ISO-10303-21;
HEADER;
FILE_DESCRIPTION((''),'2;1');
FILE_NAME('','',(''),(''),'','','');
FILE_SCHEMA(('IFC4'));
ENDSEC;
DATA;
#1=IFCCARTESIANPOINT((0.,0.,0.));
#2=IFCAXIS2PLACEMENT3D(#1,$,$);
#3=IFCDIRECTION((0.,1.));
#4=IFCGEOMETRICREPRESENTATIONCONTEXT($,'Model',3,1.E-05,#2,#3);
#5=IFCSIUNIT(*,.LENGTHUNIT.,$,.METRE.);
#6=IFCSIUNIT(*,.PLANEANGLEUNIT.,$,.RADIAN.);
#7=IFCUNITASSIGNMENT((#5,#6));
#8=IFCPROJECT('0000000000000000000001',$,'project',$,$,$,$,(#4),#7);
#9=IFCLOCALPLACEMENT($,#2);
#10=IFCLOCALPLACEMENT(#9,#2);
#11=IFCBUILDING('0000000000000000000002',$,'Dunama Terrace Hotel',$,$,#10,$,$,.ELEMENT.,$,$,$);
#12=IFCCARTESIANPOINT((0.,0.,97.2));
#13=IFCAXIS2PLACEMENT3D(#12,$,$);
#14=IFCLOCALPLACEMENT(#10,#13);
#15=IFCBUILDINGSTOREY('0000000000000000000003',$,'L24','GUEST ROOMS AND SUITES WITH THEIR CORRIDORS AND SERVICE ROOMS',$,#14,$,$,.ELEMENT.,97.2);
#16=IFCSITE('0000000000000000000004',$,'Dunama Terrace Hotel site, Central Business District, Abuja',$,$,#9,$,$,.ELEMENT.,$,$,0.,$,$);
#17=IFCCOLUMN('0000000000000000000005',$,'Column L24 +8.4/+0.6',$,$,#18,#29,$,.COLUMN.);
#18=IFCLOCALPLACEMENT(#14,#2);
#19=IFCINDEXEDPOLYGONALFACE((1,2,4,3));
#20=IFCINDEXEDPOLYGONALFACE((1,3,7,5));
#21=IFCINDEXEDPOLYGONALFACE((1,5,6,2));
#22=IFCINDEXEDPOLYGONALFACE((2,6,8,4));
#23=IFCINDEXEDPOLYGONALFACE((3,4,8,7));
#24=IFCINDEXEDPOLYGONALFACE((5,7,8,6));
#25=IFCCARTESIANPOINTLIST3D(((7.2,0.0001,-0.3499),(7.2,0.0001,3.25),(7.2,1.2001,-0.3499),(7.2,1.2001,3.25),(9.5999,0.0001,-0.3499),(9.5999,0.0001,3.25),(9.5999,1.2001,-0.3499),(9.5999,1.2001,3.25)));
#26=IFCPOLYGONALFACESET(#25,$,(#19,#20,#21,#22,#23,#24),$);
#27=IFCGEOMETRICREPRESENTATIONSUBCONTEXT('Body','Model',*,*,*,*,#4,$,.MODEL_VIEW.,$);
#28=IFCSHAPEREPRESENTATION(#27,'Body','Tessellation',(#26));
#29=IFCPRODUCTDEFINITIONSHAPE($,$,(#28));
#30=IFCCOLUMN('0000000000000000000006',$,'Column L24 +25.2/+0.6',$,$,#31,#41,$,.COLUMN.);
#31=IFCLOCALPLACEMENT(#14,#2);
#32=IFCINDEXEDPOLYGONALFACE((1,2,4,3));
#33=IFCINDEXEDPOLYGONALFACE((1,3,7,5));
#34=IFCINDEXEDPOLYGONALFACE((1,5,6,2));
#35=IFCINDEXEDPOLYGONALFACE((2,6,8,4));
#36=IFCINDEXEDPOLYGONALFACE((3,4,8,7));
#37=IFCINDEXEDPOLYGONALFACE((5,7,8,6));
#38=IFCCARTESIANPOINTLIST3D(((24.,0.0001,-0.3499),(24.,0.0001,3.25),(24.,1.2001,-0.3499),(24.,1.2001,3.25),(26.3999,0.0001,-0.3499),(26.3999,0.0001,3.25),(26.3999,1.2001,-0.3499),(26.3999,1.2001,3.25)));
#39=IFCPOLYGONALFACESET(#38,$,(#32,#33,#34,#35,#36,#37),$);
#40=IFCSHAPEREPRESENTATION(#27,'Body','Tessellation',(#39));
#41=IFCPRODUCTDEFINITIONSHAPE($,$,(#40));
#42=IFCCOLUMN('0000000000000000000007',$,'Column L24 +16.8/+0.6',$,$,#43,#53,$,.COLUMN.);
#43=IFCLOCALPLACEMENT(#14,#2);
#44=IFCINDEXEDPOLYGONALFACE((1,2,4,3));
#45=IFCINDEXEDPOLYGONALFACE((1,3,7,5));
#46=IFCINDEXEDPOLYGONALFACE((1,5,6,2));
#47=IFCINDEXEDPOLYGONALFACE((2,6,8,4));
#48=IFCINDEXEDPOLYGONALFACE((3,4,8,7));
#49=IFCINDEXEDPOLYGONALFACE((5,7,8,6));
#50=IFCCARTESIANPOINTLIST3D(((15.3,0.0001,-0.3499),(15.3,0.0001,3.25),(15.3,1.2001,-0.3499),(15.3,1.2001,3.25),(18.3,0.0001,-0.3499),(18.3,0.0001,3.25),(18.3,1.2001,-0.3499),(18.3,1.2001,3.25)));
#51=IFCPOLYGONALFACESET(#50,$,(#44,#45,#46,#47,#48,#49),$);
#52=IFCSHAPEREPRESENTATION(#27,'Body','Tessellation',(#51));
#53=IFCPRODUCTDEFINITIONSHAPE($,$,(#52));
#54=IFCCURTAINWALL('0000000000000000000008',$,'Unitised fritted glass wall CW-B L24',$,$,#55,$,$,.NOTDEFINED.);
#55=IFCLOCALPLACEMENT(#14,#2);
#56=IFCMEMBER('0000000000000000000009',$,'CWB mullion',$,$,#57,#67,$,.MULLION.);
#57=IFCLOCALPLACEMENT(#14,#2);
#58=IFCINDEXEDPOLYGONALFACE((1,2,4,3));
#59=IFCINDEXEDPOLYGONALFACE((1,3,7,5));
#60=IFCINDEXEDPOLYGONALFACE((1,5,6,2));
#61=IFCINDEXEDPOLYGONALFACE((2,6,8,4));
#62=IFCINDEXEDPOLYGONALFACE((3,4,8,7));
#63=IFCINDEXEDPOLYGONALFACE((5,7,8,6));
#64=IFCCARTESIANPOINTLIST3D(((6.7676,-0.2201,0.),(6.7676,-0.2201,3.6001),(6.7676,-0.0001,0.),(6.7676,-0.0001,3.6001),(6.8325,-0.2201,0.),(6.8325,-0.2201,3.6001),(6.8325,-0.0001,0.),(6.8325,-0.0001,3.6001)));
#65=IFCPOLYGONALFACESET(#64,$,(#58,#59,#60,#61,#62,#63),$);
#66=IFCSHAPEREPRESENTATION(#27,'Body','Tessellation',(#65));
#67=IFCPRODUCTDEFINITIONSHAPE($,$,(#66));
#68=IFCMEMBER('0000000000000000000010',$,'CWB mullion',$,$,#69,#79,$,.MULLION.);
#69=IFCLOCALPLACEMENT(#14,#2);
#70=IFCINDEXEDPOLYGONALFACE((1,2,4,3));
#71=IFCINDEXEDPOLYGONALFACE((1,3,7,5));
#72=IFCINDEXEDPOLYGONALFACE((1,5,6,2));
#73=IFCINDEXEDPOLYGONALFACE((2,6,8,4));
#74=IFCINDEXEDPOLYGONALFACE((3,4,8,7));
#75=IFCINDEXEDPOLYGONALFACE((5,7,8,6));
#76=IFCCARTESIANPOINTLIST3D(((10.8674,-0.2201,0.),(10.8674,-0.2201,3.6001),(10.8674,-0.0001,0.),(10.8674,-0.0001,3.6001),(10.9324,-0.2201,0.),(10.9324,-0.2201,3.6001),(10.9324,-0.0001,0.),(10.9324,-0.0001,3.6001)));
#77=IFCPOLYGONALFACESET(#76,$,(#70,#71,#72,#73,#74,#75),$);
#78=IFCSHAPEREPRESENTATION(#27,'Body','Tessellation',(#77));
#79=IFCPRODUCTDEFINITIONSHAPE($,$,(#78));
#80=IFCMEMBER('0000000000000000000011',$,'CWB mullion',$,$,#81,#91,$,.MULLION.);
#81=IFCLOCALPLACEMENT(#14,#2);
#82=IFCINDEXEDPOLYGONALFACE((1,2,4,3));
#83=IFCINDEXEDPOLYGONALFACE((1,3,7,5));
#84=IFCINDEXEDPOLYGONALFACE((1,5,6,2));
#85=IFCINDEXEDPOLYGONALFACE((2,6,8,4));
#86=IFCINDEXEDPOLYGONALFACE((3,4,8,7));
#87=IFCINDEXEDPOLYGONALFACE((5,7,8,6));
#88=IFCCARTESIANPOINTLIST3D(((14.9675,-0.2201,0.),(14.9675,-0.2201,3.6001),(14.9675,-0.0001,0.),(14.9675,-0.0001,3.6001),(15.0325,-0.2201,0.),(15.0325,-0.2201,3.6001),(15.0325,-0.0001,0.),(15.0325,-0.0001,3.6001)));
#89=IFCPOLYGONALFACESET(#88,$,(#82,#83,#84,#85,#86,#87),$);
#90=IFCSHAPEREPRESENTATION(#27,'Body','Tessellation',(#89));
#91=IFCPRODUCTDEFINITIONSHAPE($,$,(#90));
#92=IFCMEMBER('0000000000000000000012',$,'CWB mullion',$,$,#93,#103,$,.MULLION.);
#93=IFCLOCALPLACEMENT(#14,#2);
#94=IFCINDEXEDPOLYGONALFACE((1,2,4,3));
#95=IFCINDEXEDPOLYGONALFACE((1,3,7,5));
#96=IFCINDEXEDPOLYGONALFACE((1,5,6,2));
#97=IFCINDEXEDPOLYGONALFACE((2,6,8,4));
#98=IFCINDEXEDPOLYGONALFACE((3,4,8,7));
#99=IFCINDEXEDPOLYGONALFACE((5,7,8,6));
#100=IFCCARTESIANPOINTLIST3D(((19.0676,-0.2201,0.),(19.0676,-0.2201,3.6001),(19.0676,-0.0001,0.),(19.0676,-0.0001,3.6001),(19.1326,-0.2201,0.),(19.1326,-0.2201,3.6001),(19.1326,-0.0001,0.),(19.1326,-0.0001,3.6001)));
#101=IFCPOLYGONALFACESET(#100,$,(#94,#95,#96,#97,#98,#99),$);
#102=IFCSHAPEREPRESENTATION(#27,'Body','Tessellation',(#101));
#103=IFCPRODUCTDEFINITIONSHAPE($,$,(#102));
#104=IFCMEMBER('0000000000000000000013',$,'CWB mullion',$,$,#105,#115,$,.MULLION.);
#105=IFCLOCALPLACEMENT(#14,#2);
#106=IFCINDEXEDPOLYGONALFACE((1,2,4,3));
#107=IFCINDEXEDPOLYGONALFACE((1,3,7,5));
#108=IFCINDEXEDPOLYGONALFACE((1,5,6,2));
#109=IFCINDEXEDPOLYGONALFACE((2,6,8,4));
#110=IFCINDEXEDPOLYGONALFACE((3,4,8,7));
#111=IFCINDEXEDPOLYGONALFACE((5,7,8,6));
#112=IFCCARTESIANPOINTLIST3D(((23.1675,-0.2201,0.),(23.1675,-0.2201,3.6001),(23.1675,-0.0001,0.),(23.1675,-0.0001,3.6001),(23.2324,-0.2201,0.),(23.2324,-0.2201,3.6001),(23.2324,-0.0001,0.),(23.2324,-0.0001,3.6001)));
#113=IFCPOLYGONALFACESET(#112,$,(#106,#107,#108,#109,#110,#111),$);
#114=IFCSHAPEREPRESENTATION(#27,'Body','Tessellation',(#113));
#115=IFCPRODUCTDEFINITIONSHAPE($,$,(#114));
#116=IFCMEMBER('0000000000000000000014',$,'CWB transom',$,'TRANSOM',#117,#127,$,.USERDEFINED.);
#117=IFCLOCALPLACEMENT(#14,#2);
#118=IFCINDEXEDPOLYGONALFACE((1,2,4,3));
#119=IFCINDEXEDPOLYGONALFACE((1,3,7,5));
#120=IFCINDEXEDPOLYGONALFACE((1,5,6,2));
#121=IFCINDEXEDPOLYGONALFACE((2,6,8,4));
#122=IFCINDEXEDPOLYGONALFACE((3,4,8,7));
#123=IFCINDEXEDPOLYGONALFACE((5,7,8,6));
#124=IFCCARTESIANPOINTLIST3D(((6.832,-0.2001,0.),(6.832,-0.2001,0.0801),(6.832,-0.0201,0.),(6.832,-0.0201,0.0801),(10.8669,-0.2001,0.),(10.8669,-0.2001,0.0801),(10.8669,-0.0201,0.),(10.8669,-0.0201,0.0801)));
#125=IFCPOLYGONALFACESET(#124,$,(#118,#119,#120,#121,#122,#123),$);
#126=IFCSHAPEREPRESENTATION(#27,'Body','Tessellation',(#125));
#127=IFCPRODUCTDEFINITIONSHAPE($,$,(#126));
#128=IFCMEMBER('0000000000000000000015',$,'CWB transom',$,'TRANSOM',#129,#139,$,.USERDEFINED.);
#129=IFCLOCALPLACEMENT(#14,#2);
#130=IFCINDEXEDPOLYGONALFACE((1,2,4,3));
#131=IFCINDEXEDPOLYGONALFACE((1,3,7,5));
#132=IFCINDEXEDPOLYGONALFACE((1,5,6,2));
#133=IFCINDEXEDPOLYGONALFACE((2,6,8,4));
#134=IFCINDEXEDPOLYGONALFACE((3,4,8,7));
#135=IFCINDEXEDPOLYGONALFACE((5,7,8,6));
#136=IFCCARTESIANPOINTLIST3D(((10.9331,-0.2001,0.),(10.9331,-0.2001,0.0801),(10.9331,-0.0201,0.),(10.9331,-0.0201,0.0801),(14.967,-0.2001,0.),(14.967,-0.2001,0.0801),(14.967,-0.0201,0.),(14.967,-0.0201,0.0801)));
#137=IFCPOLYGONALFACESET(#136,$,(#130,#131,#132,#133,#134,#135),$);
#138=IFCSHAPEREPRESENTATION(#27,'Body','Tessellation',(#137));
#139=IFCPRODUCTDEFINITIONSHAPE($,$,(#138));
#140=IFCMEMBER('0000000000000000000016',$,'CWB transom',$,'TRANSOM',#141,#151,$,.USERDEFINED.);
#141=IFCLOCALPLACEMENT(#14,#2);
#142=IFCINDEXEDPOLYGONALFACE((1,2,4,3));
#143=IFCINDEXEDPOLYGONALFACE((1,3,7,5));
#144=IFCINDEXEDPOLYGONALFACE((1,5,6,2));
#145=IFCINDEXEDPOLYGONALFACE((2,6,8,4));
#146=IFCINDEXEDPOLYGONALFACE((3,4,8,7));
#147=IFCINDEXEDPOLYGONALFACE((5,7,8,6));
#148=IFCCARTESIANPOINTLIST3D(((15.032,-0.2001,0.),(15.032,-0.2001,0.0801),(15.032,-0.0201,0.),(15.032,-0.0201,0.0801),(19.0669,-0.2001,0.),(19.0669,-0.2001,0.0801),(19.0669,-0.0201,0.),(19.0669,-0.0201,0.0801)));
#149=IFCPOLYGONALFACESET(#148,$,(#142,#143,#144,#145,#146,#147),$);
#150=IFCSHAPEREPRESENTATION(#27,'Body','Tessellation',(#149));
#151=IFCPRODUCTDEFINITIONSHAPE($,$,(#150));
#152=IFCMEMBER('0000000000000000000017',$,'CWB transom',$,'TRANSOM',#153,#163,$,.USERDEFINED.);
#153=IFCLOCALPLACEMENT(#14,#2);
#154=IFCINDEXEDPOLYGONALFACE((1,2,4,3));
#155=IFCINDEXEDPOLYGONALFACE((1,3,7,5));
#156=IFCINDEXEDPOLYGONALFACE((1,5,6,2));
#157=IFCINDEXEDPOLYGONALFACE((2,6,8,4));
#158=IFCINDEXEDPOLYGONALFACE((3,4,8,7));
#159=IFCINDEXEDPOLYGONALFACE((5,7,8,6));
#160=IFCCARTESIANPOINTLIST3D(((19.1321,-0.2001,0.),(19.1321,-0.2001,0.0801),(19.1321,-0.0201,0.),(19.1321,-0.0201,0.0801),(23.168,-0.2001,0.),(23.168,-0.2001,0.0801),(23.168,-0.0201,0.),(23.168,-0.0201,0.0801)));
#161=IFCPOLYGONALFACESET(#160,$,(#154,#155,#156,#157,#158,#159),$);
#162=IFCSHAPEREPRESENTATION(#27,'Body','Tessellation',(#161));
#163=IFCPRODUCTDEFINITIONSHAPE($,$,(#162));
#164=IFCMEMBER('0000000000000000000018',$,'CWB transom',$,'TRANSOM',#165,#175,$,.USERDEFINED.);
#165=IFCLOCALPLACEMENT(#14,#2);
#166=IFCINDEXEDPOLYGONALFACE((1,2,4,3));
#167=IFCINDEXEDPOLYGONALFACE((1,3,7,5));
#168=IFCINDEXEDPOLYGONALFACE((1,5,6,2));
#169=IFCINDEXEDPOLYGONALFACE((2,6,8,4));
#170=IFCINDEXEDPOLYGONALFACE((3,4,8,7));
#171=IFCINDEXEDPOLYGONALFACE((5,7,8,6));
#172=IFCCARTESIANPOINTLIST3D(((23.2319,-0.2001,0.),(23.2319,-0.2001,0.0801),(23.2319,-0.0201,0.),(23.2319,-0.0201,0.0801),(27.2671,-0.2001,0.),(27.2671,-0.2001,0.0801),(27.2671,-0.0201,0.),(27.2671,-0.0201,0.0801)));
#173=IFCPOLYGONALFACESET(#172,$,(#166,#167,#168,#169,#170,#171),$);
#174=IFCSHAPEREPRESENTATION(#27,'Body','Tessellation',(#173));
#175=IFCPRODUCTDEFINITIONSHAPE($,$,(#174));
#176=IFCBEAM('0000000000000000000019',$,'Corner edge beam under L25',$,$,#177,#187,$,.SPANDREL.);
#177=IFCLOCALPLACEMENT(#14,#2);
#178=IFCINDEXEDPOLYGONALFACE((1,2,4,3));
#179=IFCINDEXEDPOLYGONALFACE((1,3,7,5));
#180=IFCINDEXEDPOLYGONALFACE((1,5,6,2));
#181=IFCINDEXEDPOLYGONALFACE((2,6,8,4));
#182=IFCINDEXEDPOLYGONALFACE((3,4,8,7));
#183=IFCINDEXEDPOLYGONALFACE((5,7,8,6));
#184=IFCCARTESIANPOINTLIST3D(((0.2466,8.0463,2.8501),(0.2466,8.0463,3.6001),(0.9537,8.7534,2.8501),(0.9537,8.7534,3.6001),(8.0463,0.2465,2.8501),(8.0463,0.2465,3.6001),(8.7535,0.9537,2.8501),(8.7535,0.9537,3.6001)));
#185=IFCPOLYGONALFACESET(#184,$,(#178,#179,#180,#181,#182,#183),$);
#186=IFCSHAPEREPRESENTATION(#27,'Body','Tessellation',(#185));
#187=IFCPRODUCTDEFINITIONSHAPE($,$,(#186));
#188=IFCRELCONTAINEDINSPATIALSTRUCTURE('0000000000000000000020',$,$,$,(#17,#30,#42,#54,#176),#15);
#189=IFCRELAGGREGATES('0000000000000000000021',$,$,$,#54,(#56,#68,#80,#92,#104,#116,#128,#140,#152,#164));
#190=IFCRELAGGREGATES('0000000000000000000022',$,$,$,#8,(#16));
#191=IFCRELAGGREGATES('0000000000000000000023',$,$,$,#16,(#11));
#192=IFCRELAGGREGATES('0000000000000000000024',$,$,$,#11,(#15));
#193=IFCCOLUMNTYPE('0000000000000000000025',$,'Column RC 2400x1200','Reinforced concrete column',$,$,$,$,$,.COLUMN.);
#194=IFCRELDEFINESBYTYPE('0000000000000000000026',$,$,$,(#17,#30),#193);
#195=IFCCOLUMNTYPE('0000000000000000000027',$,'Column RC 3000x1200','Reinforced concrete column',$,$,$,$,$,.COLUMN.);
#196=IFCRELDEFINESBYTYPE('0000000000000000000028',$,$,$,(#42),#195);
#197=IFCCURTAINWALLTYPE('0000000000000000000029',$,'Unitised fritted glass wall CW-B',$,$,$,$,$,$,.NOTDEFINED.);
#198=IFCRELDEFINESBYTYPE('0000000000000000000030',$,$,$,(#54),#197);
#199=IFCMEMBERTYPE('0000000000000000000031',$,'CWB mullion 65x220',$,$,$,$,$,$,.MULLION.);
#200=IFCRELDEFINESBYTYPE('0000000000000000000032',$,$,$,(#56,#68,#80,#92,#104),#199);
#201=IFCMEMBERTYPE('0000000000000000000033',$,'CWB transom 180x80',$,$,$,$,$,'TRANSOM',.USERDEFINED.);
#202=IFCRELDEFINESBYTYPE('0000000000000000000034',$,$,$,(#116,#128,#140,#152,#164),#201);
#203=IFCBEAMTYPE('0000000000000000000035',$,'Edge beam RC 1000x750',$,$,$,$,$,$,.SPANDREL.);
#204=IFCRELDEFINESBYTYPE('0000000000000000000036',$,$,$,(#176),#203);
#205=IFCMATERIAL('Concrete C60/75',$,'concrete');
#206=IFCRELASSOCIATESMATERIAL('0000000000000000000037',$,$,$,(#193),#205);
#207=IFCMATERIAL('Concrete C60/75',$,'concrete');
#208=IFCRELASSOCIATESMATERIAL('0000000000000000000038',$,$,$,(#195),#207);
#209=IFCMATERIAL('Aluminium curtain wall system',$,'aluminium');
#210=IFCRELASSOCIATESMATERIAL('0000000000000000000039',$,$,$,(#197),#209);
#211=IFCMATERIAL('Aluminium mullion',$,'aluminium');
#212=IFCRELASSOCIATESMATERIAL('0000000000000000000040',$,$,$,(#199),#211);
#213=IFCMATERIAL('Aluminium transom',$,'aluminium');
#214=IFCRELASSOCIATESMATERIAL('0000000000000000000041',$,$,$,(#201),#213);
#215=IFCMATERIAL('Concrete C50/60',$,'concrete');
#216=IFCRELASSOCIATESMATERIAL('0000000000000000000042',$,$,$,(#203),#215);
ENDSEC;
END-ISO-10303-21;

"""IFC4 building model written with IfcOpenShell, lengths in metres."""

from ifc_helpers import new_model, si_unit, direction, frame, origin, origin_2d, place, context, subcontext, project, spatial, rectangle, extrude, material, material_profile, profile_set, type_object, element, aggregate, save


model = new_model("IFC4")

# Units and contexts
model_context = context("Model", 3, precision=1e-05, world=origin(), true_north=direction((0.0, 1.0)))
body_context = subcontext(model_context, "Body", "Model", "MODEL_VIEW")
ifc_project = project(units=[si_unit("LENGTHUNIT", "METRE"), si_unit("PLANEANGLEUNIT", "RADIAN")], contexts=[model_context])

# Site, building, storey
site_placement = place(None, origin())
site = spatial("IfcSite", under=ifc_project, at=site_placement, Name="Dunama Terrace Hotel site, Central Business District, Abuja", CompositionType="ELEMENT", RefElevation=0.0)
building_placement = place(site_placement, origin())
building = spatial("IfcBuilding", under=site, at=building_placement, Name="Dunama Terrace Hotel", CompositionType="ELEMENT")
storey_placement = place(building_placement, frame((0.0, 0.0, 97.2)))
storey = spatial("IfcBuildingStorey", under=building, at=storey_placement, Name="L24", Description="GUEST ROOMS AND SUITES WITH THEIR CORRIDORS AND SERVICE ROOMS", CompositionType="ELEMENT", Elevation=97.2)

# Columns
ifc_material_1 = material(Name="Concrete C60/75", Category="concrete")
ifc_material_profile_1 = material_profile(ifc_material_1, rectangle(XDim=2.3999, YDim=1.2, at=origin_2d()), Name="RC 2400x1200")
ifc_profile_set_1 = profile_set([ifc_material_profile_1], Name="Concrete C60/75")
column_type_1 = type_object("IfcColumnType", Name="Column RC 2400x1200", Description="Reinforced concrete column", PredefinedType="COLUMN", material=ifc_profile_set_1)
for number, where, z_axis, x_axis, name in (
    (1, (8.3999, 0.6001, -0.3499), (0.0, 0.0, 1.0), (1.0, 0.0, 0.0), "Column L24 +8.4/+0.6"),
    (2, (25.2, 0.6001, -0.3499), (0.0, 0.0, 1.0), (1.0, 0.0, 0.0), "Column L24 +25.2/+0.6"),
):
    element("IfcColumn", number, at=place(storey_placement, frame(where, z_axis=z_axis, x_axis=x_axis)), inside=storey, type_object=column_type_1, Name=name, PredefinedType="COLUMN", context=body_context, shape_type="SweptSolid", body=[
        extrude(rectangle(XDim=2.3999, YDim=1.2, at=origin_2d()), origin(), (0.0, 0.0, 1.0), 3.5999),
    ])
ifc_material_2 = material(Name="Concrete C60/75", Category="concrete")
ifc_material_profile_2 = material_profile(ifc_material_2, rectangle(XDim=3.0, YDim=1.2, at=origin_2d()), Name="RC 3000x1200")
ifc_profile_set_2 = profile_set([ifc_material_profile_2], Name="Concrete C60/75")
column_type_2 = type_object("IfcColumnType", Name="Column RC 3000x1200", Description="Reinforced concrete column", PredefinedType="COLUMN", material=ifc_profile_set_2)
column_placement = place(storey_placement, frame((16.8, 0.6001, -0.3499), z_axis=(0.0, 0.0, 1.0), x_axis=(1.0, 0.0, 0.0)))
element("IfcColumn", 3, at=column_placement, inside=storey, type_object=column_type_2, Name="Column L24 +16.8/+0.6", PredefinedType="COLUMN", context=body_context, shape_type="SweptSolid", body=[
    extrude(rectangle(XDim=3.0, YDim=1.2, at=origin_2d()), origin(), (0.0, 0.0, 1.0), 3.5999),
])

# Curtain wall, members
ifc_material_3 = material(Name="Aluminium curtain wall system", Category="aluminium")
curtain_wall_type = type_object("IfcCurtainWallType", Name="Unitised fritted glass wall CW-B", PredefinedType="NOTDEFINED", material=ifc_material_3)
curtain_wall_placement = place(storey_placement, origin())
curtain_wall = element("IfcCurtainWall", 4, at=curtain_wall_placement, inside=storey, type_object=curtain_wall_type, Name="Unitised fritted glass wall CW-B L24", PredefinedType="NOTDEFINED")
ifc_material_4 = material(Name="Aluminium mullion", Category="aluminium")
ifc_material_profile_3 = material_profile(ifc_material_4, rectangle(XDim=0.0649, YDim=0.22, at=origin_2d()), Name="CWB MULLION 65X220")
ifc_profile_set_3 = profile_set([ifc_material_profile_3], Name="Aluminium mullion")
member_type_1 = type_object("IfcMemberType", Name="CWB mullion 65x220", PredefinedType="MULLION", material=ifc_profile_set_3)
member_1_placement = place(storey_placement, frame((6.8, -0.1101, 0.0), z_axis=(0.0, 0.0, 1.0), x_axis=(1.0, 0.0, 0.0)))
member_1 = element("IfcMember", 5, at=member_1_placement, type_object=member_type_1, Name="CWB mullion", PredefinedType="MULLION", context=body_context, shape_type="SweptSolid", body=[
    extrude(rectangle(XDim=0.0649, YDim=0.22, at=origin_2d()), origin(), (0.0, 0.0, 1.0), 3.6001),
])
member_2_placement = place(storey_placement, frame((10.8999, -0.1101, 0.0), z_axis=(0.0, 0.0, 1.0), x_axis=(1.0, 0.0, 0.0)))
member_2 = element("IfcMember", 6, at=member_2_placement, type_object=member_type_1, Name="CWB mullion", PredefinedType="MULLION", context=body_context, shape_type="SweptSolid", body=[
    extrude(rectangle(XDim=0.0649, YDim=0.22, at=origin_2d()), origin(), (0.0, 0.0, 1.0), 3.6001),
])
member_3_placement = place(storey_placement, frame((15.0, -0.1101, 0.0), z_axis=(0.0, 0.0, 1.0), x_axis=(1.0, 0.0, 0.0)))
member_3 = element("IfcMember", 7, at=member_3_placement, type_object=member_type_1, Name="CWB mullion", PredefinedType="MULLION", context=body_context, shape_type="SweptSolid", body=[
    extrude(rectangle(XDim=0.0649, YDim=0.22, at=origin_2d()), origin(), (0.0, 0.0, 1.0), 3.6001),
])
member_4_placement = place(storey_placement, frame((19.1001, -0.1101, 0.0), z_axis=(0.0, 0.0, 1.0), x_axis=(1.0, 0.0, 0.0)))
member_4 = element("IfcMember", 8, at=member_4_placement, type_object=member_type_1, Name="CWB mullion", PredefinedType="MULLION", context=body_context, shape_type="SweptSolid", body=[
    extrude(rectangle(XDim=0.0649, YDim=0.22, at=origin_2d()), origin(), (0.0, 0.0, 1.0), 3.6001),
])
member_5_placement = place(storey_placement, frame((23.2, -0.1101, 0.0), z_axis=(0.0, 0.0, 1.0), x_axis=(1.0, 0.0, 0.0)))
member_5 = element("IfcMember", 9, at=member_5_placement, type_object=member_type_1, Name="CWB mullion", PredefinedType="MULLION", context=body_context, shape_type="SweptSolid", body=[
    extrude(rectangle(XDim=0.0649, YDim=0.22, at=origin_2d()), origin(), (0.0, 0.0, 1.0), 3.6001),
])
ifc_material_5 = material(Name="Aluminium transom", Category="aluminium")
ifc_material_profile_4 = material_profile(ifc_material_5, rectangle(XDim=0.1799, YDim=0.0801, at=origin_2d()), Name="CWB TRANSOM 180X80")
ifc_profile_set_4 = profile_set([ifc_material_profile_4], Name="Aluminium transom")
member_type_2 = type_object("IfcMemberType", Name="CWB transom 180x80", ElementType="TRANSOM", PredefinedType="USERDEFINED", material=ifc_profile_set_4)
member_6_placement = place(storey_placement, frame((6.832, -0.1101, 0.04), z_axis=(1.0, 0.0, 0.0), x_axis=(0.0, 1.0, 0.0)))
member_6 = element("IfcMember", 10, at=member_6_placement, type_object=member_type_2, Name="CWB transom", ObjectType="TRANSOM", PredefinedType="USERDEFINED", context=body_context, shape_type="SweptSolid", body=[
    extrude(rectangle(XDim=0.1799, YDim=0.0801, at=origin_2d()), origin(), (0.0, 0.0, 1.0), 4.0349),
])
member_7_placement = place(storey_placement, frame((10.9331, -0.1101, 0.04), z_axis=(1.0, 0.0, 0.0), x_axis=(0.0, 1.0, 0.0)))
member_7 = element("IfcMember", 11, at=member_7_placement, type_object=member_type_2, Name="CWB transom", ObjectType="TRANSOM", PredefinedType="USERDEFINED", context=body_context, shape_type="SweptSolid", body=[
    extrude(rectangle(XDim=0.1799, YDim=0.0801, at=origin_2d()), origin(), (0.0, 0.0, 1.0), 4.0339),
])
member_8_placement = place(storey_placement, frame((15.032, -0.1101, 0.04), z_axis=(1.0, 0.0, 0.0), x_axis=(0.0, 1.0, 0.0)))
member_8 = element("IfcMember", 12, at=member_8_placement, type_object=member_type_2, Name="CWB transom", ObjectType="TRANSOM", PredefinedType="USERDEFINED", context=body_context, shape_type="SweptSolid", body=[
    extrude(rectangle(XDim=0.1799, YDim=0.0801, at=origin_2d()), origin(), (0.0, 0.0, 1.0), 4.0349),
])
member_9_placement = place(storey_placement, frame((19.1321, -0.1101, 0.04), z_axis=(1.0, 0.0, 0.0), x_axis=(0.0, 1.0, 0.0)))
member_9 = element("IfcMember", 13, at=member_9_placement, type_object=member_type_2, Name="CWB transom", ObjectType="TRANSOM", PredefinedType="USERDEFINED", context=body_context, shape_type="SweptSolid", body=[
    extrude(rectangle(XDim=0.1799, YDim=0.0801, at=origin_2d()), origin(), (0.0, 0.0, 1.0), 4.0359),
])
member_10_placement = place(storey_placement, frame((23.2319, -0.1101, 0.04), z_axis=(1.0, 0.0, 0.0), x_axis=(0.0, 1.0, 0.0)))
member_10 = element("IfcMember", 14, at=member_10_placement, type_object=member_type_2, Name="CWB transom", ObjectType="TRANSOM", PredefinedType="USERDEFINED", context=body_context, shape_type="SweptSolid", body=[
    extrude(rectangle(XDim=0.1799, YDim=0.0801, at=origin_2d()), origin(), (0.0, 0.0, 1.0), 4.0352),
])

# Beam
ifc_material_6 = material(Name="Concrete C50/60", Category="concrete")
ifc_material_profile_5 = material_profile(ifc_material_6, rectangle(XDim=1.0, YDim=0.75, at=origin_2d()), Name="RC 1000x750")
ifc_profile_set_5 = profile_set([ifc_material_profile_5], Name="Concrete C50/60")
beam_type_1 = type_object("IfcBeamType", Name="Edge beam RC 1000x750", PredefinedType="SPANDREL", material=ifc_profile_set_5)
beam_1_placement = place(storey_placement, frame((8.3999, 0.6001, 3.2251), z_axis=(-0.707107, 0.707107, 0.0), x_axis=(-0.707107, -0.707107, 0.0)))
element("IfcBeam", 15, at=beam_1_placement, inside=storey, type_object=beam_type_1, Name="Corner edge beam under L25", PredefinedType="SPANDREL", context=body_context, shape_type="SweptSolid", body=[
    extrude(rectangle(XDim=1.0, YDim=0.75, at=origin_2d()), origin(), (0.0, 0.0, 1.0), 11.0305),
])

aggregate(curtain_wall, [member_1, member_2, member_3, member_4, member_5, member_6, member_7, member_8, member_9, member_10])

save(model, "model.ifc")
